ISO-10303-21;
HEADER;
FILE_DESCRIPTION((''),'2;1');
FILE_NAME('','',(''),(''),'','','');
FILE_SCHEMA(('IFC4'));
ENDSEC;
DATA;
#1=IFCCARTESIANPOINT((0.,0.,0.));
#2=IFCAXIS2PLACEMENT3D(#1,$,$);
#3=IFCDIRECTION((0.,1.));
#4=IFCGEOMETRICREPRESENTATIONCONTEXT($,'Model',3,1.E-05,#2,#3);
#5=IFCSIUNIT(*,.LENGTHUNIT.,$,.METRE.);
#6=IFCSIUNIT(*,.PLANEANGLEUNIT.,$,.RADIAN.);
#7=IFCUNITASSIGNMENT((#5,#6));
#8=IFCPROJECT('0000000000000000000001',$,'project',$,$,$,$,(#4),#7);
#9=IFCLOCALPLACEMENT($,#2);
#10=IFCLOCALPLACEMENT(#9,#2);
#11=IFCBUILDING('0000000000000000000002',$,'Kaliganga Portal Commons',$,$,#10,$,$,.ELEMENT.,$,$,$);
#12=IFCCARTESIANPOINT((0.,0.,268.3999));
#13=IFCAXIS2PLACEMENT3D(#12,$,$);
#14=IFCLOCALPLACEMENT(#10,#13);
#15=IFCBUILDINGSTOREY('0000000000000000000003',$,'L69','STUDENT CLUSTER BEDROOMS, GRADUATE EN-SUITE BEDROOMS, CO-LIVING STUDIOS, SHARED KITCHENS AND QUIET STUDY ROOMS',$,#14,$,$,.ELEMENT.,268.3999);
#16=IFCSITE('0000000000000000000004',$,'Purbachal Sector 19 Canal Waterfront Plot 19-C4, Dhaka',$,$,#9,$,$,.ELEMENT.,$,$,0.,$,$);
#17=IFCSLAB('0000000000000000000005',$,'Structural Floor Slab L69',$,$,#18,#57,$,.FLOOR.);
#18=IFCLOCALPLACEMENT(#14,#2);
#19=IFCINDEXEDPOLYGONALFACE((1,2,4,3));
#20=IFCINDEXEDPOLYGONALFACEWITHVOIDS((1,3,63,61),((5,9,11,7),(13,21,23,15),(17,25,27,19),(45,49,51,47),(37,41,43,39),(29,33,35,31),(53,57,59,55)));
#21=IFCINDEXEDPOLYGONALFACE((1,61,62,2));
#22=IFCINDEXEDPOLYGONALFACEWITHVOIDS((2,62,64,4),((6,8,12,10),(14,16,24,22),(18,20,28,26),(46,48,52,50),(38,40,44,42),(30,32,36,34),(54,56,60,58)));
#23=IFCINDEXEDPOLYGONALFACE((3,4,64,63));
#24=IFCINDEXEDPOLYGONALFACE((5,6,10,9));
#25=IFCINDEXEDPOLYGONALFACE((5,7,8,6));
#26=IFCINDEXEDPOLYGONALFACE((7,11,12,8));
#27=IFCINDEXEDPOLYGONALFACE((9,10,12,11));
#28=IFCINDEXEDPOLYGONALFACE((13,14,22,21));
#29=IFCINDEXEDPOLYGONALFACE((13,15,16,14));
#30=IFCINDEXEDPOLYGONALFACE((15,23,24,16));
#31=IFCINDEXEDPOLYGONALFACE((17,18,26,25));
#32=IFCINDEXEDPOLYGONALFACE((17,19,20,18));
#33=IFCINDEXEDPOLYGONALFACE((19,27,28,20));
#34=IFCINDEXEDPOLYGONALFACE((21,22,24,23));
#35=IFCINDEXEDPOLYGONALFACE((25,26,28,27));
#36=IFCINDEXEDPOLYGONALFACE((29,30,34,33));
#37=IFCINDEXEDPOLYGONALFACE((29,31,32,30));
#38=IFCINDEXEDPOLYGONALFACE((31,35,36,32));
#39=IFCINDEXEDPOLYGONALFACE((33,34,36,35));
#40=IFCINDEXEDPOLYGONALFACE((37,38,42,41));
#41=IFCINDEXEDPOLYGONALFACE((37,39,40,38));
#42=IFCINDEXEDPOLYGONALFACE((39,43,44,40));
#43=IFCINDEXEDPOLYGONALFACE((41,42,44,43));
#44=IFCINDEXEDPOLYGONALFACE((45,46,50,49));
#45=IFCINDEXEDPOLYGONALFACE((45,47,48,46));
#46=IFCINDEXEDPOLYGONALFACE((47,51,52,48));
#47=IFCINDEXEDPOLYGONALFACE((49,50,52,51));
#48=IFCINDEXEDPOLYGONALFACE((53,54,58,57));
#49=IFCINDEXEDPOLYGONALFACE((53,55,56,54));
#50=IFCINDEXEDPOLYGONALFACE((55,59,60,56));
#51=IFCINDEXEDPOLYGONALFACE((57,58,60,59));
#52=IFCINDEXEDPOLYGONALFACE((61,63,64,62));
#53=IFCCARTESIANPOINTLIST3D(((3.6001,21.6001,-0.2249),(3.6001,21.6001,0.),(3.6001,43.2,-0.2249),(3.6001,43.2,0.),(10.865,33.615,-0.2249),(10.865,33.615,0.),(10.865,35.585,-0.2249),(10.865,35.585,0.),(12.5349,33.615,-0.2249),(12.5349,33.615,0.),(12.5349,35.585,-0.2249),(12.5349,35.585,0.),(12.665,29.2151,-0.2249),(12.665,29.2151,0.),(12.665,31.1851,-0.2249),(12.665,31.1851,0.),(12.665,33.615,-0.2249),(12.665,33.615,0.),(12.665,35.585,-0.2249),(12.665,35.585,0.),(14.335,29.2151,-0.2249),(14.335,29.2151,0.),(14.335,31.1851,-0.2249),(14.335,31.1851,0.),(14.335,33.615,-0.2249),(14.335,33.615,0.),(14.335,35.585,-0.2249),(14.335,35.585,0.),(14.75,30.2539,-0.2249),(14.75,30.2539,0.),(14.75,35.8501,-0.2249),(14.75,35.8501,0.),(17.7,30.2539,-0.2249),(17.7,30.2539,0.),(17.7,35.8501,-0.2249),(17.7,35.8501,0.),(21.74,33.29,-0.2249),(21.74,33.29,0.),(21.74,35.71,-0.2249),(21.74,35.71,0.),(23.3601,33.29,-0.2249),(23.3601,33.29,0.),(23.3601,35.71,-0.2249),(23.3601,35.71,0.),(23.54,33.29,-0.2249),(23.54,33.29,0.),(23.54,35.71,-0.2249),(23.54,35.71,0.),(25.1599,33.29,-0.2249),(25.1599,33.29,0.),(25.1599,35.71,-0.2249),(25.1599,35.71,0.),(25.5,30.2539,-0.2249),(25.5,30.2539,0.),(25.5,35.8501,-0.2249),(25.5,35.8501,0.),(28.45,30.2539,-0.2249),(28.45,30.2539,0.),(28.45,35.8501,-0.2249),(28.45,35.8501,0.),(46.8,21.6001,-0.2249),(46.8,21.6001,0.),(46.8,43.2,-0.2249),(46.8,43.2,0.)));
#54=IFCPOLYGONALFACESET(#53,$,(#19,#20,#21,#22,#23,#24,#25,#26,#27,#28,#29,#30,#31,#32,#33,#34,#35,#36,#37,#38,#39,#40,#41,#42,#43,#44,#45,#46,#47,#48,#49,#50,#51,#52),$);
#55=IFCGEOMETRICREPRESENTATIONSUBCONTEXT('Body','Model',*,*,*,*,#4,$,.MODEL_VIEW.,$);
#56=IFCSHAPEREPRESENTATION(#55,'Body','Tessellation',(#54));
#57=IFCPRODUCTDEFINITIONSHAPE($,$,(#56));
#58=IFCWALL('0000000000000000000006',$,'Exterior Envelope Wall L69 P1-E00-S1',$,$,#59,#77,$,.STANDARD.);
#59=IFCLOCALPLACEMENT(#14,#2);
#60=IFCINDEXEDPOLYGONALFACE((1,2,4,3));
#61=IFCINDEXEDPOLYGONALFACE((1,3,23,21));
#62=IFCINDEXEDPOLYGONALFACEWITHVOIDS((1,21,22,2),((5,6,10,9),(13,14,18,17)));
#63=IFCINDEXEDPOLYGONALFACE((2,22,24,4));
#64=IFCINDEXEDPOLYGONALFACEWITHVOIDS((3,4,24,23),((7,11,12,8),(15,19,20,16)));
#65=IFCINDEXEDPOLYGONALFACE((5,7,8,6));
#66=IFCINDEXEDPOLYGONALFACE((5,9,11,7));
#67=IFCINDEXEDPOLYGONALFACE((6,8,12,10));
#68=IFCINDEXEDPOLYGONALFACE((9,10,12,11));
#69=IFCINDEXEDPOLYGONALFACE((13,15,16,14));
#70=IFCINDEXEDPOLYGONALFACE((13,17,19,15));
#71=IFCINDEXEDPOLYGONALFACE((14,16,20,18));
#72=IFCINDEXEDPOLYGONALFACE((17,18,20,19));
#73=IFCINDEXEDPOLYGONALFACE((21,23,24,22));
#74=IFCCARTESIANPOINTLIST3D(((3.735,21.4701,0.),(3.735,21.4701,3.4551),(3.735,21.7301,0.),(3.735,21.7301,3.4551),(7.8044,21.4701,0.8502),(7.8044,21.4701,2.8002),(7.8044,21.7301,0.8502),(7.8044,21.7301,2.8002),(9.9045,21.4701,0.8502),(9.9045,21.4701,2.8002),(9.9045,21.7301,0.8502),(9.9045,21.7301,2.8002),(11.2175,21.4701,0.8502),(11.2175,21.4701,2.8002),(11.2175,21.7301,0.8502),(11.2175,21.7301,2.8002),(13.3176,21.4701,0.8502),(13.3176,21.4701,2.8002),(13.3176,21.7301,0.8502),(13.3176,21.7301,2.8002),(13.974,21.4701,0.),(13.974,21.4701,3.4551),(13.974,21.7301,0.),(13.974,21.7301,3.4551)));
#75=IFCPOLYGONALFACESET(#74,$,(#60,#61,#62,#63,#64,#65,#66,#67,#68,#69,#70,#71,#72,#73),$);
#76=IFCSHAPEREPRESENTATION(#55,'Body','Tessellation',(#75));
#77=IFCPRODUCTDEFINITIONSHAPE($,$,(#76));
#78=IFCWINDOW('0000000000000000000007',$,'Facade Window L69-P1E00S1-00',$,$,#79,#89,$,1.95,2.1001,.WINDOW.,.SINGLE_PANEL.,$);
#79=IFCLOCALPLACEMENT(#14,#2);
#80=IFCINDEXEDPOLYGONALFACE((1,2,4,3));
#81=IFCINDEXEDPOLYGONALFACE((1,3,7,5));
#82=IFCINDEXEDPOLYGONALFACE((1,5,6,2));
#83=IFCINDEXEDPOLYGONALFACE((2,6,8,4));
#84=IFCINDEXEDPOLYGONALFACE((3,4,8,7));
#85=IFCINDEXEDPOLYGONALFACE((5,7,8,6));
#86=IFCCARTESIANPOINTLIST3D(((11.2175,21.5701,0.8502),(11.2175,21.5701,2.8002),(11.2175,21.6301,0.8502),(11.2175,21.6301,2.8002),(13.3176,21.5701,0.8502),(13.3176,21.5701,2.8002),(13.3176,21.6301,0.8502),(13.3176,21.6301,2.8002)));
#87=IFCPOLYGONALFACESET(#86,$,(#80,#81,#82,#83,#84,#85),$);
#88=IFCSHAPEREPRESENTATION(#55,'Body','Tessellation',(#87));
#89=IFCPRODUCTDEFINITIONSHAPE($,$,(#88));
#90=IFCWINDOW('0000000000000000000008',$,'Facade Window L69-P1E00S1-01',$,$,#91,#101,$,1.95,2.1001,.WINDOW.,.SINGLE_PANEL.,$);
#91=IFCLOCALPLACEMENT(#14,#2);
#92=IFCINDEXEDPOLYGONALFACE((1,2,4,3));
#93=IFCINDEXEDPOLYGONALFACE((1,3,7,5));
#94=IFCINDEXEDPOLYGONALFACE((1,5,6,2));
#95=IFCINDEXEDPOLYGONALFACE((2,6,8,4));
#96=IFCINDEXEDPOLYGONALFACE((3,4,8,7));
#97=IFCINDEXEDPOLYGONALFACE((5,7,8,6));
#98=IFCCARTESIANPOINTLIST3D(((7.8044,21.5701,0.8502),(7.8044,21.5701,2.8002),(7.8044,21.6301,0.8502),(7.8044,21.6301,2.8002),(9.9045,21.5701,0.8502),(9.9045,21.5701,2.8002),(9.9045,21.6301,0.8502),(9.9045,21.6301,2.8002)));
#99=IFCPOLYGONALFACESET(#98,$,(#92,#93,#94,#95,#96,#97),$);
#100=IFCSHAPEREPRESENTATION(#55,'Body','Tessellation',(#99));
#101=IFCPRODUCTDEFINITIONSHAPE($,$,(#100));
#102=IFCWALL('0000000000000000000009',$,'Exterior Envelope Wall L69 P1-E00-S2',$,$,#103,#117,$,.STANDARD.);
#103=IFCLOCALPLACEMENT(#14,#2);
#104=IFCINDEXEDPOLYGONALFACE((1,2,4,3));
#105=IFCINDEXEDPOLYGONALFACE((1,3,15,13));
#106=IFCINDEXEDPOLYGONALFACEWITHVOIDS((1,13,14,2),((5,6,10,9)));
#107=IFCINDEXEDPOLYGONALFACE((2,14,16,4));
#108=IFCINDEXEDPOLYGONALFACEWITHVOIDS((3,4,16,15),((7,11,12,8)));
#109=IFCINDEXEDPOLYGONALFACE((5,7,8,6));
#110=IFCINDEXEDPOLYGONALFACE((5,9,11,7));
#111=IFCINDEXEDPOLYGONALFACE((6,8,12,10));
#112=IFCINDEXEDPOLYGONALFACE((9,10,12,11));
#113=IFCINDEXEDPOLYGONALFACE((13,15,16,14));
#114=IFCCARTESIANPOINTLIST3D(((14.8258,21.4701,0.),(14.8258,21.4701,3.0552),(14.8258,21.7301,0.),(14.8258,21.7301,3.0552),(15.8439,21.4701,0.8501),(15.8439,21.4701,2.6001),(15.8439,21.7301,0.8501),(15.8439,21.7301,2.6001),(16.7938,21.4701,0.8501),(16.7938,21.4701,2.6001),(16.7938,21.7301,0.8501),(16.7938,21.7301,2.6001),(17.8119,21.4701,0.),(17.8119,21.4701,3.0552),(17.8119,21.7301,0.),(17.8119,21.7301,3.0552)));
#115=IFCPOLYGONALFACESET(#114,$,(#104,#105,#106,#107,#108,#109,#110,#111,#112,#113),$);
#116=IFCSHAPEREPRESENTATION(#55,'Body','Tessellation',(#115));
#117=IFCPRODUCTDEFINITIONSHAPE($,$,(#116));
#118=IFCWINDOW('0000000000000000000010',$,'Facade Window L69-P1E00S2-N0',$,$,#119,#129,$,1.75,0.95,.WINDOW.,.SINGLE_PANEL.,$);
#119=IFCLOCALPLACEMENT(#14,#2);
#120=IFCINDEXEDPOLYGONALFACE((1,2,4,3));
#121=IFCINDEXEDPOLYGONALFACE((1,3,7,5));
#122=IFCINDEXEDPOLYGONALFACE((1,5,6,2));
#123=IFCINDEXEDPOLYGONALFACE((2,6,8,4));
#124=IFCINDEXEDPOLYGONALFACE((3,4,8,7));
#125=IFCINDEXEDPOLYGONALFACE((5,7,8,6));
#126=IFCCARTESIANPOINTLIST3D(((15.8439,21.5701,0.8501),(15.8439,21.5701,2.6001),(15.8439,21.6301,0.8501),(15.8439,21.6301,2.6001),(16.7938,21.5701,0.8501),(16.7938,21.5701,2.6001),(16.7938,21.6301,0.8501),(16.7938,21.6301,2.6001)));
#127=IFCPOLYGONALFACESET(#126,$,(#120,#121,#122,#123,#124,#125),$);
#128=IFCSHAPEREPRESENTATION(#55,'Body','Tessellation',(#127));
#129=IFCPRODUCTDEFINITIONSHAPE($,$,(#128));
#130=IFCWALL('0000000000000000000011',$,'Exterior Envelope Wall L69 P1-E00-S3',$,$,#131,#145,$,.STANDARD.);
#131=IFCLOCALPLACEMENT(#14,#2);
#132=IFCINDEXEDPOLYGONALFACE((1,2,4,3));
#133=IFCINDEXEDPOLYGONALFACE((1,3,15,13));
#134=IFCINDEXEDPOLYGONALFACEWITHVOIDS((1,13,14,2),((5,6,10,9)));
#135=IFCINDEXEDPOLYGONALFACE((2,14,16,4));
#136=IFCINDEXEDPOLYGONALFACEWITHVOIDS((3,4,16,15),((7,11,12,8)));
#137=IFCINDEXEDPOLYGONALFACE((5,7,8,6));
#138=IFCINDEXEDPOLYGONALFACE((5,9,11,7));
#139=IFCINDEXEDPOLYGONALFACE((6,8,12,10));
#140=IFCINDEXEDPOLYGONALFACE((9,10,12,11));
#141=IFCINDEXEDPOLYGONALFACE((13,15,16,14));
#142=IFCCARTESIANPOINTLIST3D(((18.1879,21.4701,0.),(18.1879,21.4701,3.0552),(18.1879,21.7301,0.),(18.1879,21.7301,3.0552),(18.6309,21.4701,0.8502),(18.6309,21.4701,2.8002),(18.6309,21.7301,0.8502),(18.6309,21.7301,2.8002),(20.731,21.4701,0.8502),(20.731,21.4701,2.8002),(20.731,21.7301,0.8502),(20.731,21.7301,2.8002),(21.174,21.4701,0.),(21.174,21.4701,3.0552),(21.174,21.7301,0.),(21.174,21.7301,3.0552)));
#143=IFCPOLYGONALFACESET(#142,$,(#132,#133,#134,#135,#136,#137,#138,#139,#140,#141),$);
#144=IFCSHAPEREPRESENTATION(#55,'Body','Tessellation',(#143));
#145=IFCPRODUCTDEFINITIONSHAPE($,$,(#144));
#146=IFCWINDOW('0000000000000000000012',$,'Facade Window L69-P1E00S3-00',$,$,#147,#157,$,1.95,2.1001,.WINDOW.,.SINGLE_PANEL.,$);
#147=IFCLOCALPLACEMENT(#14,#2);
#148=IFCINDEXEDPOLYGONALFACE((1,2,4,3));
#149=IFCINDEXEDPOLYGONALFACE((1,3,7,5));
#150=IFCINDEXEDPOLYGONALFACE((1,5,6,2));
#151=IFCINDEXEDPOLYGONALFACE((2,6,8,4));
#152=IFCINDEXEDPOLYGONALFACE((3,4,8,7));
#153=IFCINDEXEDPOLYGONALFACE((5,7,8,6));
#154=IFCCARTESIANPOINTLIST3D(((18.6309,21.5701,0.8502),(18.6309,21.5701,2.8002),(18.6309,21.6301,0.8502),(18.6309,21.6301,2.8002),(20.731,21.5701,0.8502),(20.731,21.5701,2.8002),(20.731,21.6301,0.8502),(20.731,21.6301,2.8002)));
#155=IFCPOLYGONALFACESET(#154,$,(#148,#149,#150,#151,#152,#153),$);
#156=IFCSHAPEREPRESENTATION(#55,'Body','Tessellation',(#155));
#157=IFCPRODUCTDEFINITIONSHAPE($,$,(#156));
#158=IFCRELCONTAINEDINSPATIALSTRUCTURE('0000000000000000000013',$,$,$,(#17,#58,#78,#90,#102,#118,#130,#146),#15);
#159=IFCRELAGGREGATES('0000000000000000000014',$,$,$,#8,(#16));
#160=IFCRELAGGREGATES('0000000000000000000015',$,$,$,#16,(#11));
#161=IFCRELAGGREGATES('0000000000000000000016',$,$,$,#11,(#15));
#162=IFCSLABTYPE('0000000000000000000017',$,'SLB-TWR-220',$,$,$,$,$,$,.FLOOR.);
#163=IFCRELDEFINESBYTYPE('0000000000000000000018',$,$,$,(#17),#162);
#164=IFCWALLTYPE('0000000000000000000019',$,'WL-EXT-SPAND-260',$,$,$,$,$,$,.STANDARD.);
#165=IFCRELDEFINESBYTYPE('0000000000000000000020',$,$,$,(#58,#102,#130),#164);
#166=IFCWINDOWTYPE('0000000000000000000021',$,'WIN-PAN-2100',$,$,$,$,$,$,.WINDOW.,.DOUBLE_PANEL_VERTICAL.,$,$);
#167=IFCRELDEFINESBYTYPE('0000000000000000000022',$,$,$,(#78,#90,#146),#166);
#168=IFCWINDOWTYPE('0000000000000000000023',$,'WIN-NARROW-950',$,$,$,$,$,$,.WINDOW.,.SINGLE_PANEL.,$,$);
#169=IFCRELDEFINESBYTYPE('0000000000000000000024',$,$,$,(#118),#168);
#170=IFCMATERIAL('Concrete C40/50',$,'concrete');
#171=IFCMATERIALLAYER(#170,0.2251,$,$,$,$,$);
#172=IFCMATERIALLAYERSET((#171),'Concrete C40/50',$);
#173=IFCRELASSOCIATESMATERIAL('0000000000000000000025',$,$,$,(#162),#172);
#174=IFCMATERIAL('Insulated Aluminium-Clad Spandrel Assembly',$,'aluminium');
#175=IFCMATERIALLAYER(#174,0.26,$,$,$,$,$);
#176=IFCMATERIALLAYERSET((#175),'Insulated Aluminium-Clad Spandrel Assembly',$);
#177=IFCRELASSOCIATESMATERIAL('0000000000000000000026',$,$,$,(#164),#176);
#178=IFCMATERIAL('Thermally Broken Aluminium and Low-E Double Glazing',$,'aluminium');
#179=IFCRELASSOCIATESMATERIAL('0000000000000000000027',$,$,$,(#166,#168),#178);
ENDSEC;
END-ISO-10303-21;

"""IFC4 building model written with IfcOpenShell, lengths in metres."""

from ifc_helpers import new_model, si_unit, direction, frame, frame_2d, origin, place, context, subcontext, project, spatial, polyline, rectangle, outline, extrude, material, layer, layer_set, type_object, element, fill, save


model = new_model("IFC4")

# Units and contexts
model_context = context("Model", 3, precision=1e-05, world=origin(), true_north=direction((0.0, 1.0)))
body_context = subcontext(model_context, "Body", "Model", "MODEL_VIEW")
ifc_project = project(units=[si_unit("LENGTHUNIT", "METRE"), si_unit("PLANEANGLEUNIT", "RADIAN")], contexts=[model_context])

# Site, building, storey
site_placement = place(None, origin())
site = spatial("IfcSite", under=ifc_project, at=site_placement, Name="Purbachal Sector 19 Canal Waterfront Plot 19-C4, Dhaka", CompositionType="ELEMENT", RefElevation=0.0)
building_placement = place(site_placement, origin())
building = spatial("IfcBuilding", under=site, at=building_placement, Name="Kaliganga Portal Commons", CompositionType="ELEMENT")
storey_placement = place(building_placement, frame((0.0, 0.0, 268.3999)))
storey = spatial("IfcBuildingStorey", under=building, at=storey_placement, Name="L69", Description="STUDENT CLUSTER BEDROOMS, GRADUATE EN-SUITE BEDROOMS, CO-LIVING STUDIOS, SHARED KITCHENS AND QUIET STUDY ROOMS", CompositionType="ELEMENT", Elevation=268.3999)

# Shared definitions
ifc_material_1 = material(Name="Concrete C40/50", Category="concrete")

# Slab
ifc_layer_1 = layer(ifc_material_1, 0.2251)
ifc_layer_set_1 = layer_set([ifc_layer_1], Name="Concrete C40/50")
slab_type_1 = type_object("IfcSlabType", Name="SLB-TWR-220", PredefinedType="FLOOR", material=ifc_layer_set_1)
slab_1_placement = place(storey_placement, frame((0.0, 0.0, -0.2249)))
element("IfcSlab", 1, at=slab_1_placement, inside=storey, type_object=slab_type_1, Name="Structural Floor Slab L69", PredefinedType="FLOOR", context=body_context, shape_type="SweptSolid", body=[
    extrude(outline(polyline([(3.6001, 21.6001), (46.8, 21.6001), (46.8, 43.2), (3.6001, 43.2), (3.6001, 21.6001)]), holes=[polyline([(14.75, 30.2539), (14.75, 35.8501), (17.7, 35.8501), (17.7, 30.2539), (14.75, 30.2539)]), polyline([(25.5, 30.2539), (25.5, 35.8501), (28.45, 35.8501), (28.45, 30.2539), (25.5, 30.2539)]), polyline([(12.665, 33.615), (12.665, 35.585), (14.335, 35.585), (14.335, 33.615), (12.665, 33.615)]), polyline([(12.665, 29.2151), (12.665, 31.1851), (14.335, 31.1851), (14.335, 29.2151), (12.665, 29.2151)]), polyline([(10.865, 33.615), (10.865, 35.585), (12.5349, 35.585), (12.5349, 33.615), (10.865, 33.615)]), polyline([(21.74, 33.29), (21.74, 35.71), (23.3601, 35.71), (23.3601, 33.29), (21.74, 33.29)]), polyline([(23.54, 33.29), (23.54, 35.71), (25.1599, 35.71), (25.1599, 33.29), (23.54, 33.29)])]), origin(), (0.0, 0.0, 1.0), 0.2249),
])

# Wall, openings, windows
ifc_material_2 = material(Name="Insulated Aluminium-Clad Spandrel Assembly", Category="aluminium")
ifc_layer_2 = layer(ifc_material_2, 0.26)
ifc_layer_set_2 = layer_set([ifc_layer_2], Name="Insulated Aluminium-Clad Spandrel Assembly")
wall_type = type_object("IfcWallType", Name="WL-EXT-SPAND-260", PredefinedType="STANDARD", material=ifc_layer_set_2)
wall_1_placement = place(storey_placement, frame((13.9741, 21.6001, 0.0), z_axis=(0.0, 0.0, 1.0), x_axis=(-1.0, 0.0, 0.0)))
wall_1 = element("IfcWall", 2, at=wall_1_placement, inside=storey, type_object=wall_type, Name="Exterior Envelope Wall L69 P1-E00-S1", PredefinedType="STANDARD", context=body_context, shape_type="SweptSolid", body=[
    extrude(rectangle(XDim=10.239, YDim=0.26, at=frame_2d((5.1196, 0.0))), origin(), (0.0, 0.0, 1.0), 3.4551),
])
opening_1_placement = place(wall_1_placement, frame((0.6565, 0.0, 0.8501)))
opening_1 = element("IfcOpeningElement", 3, at=opening_1_placement, cuts=wall_1, PredefinedType="OPENING", context=body_context, shape_type="SweptSolid", body=[
    extrude(rectangle(XDim=2.1001, YDim=1.95, at=frame_2d((1.05, 0.9751))), frame((0.0, 0.1401, 0.0), z_axis=(0.0, -1.0, 0.0), x_axis=(1.0, 0.0, 0.0)), (0.0, 0.0, 1.0), 0.28),
])
opening_2_placement = place(wall_1_placement, frame((4.0696, 0.0, 0.8501)))
opening_2 = element("IfcOpeningElement", 4, at=opening_2_placement, cuts=wall_1, PredefinedType="OPENING", context=body_context, shape_type="SweptSolid", body=[
    extrude(rectangle(XDim=2.1001, YDim=1.95, at=frame_2d((1.05, 0.9751))), frame((0.0, 0.1401, 0.0), z_axis=(0.0, -1.0, 0.0), x_axis=(1.0, 0.0, 0.0)), (0.0, 0.0, 1.0), 0.28),
])
ifc_material_3 = material(Name="Thermally Broken Aluminium and Low-E Double Glazing", Category="aluminium")
window_type_1 = type_object("IfcWindowType", Name="WIN-PAN-2100", PartitioningType="DOUBLE_PANEL_VERTICAL", PredefinedType="WINDOW", material=ifc_material_3)
window_1_placement = place(opening_1_placement, origin())
window_1 = element("IfcWindow", 5, at=window_1_placement, inside=storey, type_object=window_type_1, Name="Facade Window L69-P1E00S1-00", OverallHeight=1.95, OverallWidth=2.1001, PartitioningType="SINGLE_PANEL", PredefinedType="WINDOW", context=body_context, shape_type="SweptSolid", body=[
    extrude(rectangle(XDim=2.1001, YDim=1.95, at=frame_2d((1.05, 0.9751))), frame((0.0, 0.03, 0.0), z_axis=(0.0, -1.0, 0.0), x_axis=(1.0, 0.0, 0.0)), (0.0, 0.0, 1.0), 0.0601),
])
fill(opening_1, window_1)
window_2_placement = place(opening_2_placement, origin())
window_2 = element("IfcWindow", 6, at=window_2_placement, inside=storey, type_object=window_type_1, Name="Facade Window L69-P1E00S1-01", OverallHeight=1.95, OverallWidth=2.1001, PartitioningType="SINGLE_PANEL", PredefinedType="WINDOW", context=body_context, shape_type="SweptSolid", body=[
    extrude(rectangle(XDim=2.1001, YDim=1.95, at=frame_2d((1.05, 0.9751))), frame((0.0, 0.03, 0.0), z_axis=(0.0, -1.0, 0.0), x_axis=(1.0, 0.0, 0.0)), (0.0, 0.0, 1.0), 0.0601),
])
fill(opening_2, window_2)

# Walls, openings, windows
wall_2_placement = place(storey_placement, frame((17.812, 21.6001, 0.0), z_axis=(0.0, 0.0, 1.0), x_axis=(-1.0, 0.0, 0.0)))
wall_2 = element("IfcWall", 7, at=wall_2_placement, inside=storey, type_object=wall_type, Name="Exterior Envelope Wall L69 P1-E00-S2", PredefinedType="STANDARD", context=body_context, shape_type="SweptSolid", body=[
    extrude(rectangle(XDim=2.9861, YDim=0.26, at=frame_2d((1.4932, 0.0))), origin(), (0.0, 0.0, 1.0), 3.0552),
])
opening_3_placement = place(wall_2_placement, frame((1.0181, 0.0, 0.8501)))
opening_3 = element("IfcOpeningElement", 8, at=opening_3_placement, cuts=wall_2, PredefinedType="OPENING", context=body_context, shape_type="SweptSolid", body=[
    extrude(rectangle(XDim=0.95, YDim=1.75, at=frame_2d((0.4751, 0.875))), frame((0.0, 0.1401, 0.0), z_axis=(0.0, -1.0, 0.0), x_axis=(1.0, 0.0, 0.0)), (0.0, 0.0, 1.0), 0.28),
])
window_type_2 = type_object("IfcWindowType", Name="WIN-NARROW-950", PartitioningType="SINGLE_PANEL", PredefinedType="WINDOW", material=ifc_material_3)
window_3_placement = place(opening_3_placement, origin())
window_3 = element("IfcWindow", 9, at=window_3_placement, inside=storey, type_object=window_type_2, Name="Facade Window L69-P1E00S2-N0", OverallHeight=1.75, OverallWidth=0.95, PartitioningType="SINGLE_PANEL", PredefinedType="WINDOW", context=body_context, shape_type="SweptSolid", body=[
    extrude(rectangle(XDim=0.95, YDim=1.75, at=frame_2d((0.4751, 0.875))), frame((0.0, 0.03, 0.0), z_axis=(0.0, -1.0, 0.0), x_axis=(1.0, 0.0, 0.0)), (0.0, 0.0, 1.0), 0.0601),
])
fill(opening_3, window_3)
wall_3_placement = place(storey_placement, frame((21.1741, 21.6001, 0.0), z_axis=(0.0, 0.0, 1.0), x_axis=(-1.0, 0.0, 0.0)))
wall_3 = element("IfcWall", 10, at=wall_3_placement, inside=storey, type_object=wall_type, Name="Exterior Envelope Wall L69 P1-E00-S3", PredefinedType="STANDARD", context=body_context, shape_type="SweptSolid", body=[
    extrude(rectangle(XDim=2.9861, YDim=0.26, at=frame_2d((1.4932, 0.0))), origin(), (0.0, 0.0, 1.0), 3.0552),
])
opening_4_placement = place(wall_3_placement, frame((0.4431, 0.0, 0.8501)))
opening_4 = element("IfcOpeningElement", 11, at=opening_4_placement, cuts=wall_3, PredefinedType="OPENING", context=body_context, shape_type="SweptSolid", body=[
    extrude(rectangle(XDim=2.1001, YDim=1.95, at=frame_2d((1.05, 0.9751))), frame((0.0, 0.1401, 0.0), z_axis=(0.0, -1.0, 0.0), x_axis=(1.0, 0.0, 0.0)), (0.0, 0.0, 1.0), 0.28),
])
window_4_placement = place(opening_4_placement, origin())
window_4 = element("IfcWindow", 12, at=window_4_placement, inside=storey, type_object=window_type_1, Name="Facade Window L69-P1E00S3-00", OverallHeight=1.95, OverallWidth=2.1001, PartitioningType="SINGLE_PANEL", PredefinedType="WINDOW", context=body_context, shape_type="SweptSolid", body=[
    extrude(rectangle(XDim=2.1001, YDim=1.95, at=frame_2d((1.05, 0.9751))), frame((0.0, 0.03, 0.0), z_axis=(0.0, -1.0, 0.0), x_axis=(1.0, 0.0, 0.0)), (0.0, 0.0, 1.0), 0.0601),
])
fill(opening_4, window_4)

save(model, "model.ifc")
